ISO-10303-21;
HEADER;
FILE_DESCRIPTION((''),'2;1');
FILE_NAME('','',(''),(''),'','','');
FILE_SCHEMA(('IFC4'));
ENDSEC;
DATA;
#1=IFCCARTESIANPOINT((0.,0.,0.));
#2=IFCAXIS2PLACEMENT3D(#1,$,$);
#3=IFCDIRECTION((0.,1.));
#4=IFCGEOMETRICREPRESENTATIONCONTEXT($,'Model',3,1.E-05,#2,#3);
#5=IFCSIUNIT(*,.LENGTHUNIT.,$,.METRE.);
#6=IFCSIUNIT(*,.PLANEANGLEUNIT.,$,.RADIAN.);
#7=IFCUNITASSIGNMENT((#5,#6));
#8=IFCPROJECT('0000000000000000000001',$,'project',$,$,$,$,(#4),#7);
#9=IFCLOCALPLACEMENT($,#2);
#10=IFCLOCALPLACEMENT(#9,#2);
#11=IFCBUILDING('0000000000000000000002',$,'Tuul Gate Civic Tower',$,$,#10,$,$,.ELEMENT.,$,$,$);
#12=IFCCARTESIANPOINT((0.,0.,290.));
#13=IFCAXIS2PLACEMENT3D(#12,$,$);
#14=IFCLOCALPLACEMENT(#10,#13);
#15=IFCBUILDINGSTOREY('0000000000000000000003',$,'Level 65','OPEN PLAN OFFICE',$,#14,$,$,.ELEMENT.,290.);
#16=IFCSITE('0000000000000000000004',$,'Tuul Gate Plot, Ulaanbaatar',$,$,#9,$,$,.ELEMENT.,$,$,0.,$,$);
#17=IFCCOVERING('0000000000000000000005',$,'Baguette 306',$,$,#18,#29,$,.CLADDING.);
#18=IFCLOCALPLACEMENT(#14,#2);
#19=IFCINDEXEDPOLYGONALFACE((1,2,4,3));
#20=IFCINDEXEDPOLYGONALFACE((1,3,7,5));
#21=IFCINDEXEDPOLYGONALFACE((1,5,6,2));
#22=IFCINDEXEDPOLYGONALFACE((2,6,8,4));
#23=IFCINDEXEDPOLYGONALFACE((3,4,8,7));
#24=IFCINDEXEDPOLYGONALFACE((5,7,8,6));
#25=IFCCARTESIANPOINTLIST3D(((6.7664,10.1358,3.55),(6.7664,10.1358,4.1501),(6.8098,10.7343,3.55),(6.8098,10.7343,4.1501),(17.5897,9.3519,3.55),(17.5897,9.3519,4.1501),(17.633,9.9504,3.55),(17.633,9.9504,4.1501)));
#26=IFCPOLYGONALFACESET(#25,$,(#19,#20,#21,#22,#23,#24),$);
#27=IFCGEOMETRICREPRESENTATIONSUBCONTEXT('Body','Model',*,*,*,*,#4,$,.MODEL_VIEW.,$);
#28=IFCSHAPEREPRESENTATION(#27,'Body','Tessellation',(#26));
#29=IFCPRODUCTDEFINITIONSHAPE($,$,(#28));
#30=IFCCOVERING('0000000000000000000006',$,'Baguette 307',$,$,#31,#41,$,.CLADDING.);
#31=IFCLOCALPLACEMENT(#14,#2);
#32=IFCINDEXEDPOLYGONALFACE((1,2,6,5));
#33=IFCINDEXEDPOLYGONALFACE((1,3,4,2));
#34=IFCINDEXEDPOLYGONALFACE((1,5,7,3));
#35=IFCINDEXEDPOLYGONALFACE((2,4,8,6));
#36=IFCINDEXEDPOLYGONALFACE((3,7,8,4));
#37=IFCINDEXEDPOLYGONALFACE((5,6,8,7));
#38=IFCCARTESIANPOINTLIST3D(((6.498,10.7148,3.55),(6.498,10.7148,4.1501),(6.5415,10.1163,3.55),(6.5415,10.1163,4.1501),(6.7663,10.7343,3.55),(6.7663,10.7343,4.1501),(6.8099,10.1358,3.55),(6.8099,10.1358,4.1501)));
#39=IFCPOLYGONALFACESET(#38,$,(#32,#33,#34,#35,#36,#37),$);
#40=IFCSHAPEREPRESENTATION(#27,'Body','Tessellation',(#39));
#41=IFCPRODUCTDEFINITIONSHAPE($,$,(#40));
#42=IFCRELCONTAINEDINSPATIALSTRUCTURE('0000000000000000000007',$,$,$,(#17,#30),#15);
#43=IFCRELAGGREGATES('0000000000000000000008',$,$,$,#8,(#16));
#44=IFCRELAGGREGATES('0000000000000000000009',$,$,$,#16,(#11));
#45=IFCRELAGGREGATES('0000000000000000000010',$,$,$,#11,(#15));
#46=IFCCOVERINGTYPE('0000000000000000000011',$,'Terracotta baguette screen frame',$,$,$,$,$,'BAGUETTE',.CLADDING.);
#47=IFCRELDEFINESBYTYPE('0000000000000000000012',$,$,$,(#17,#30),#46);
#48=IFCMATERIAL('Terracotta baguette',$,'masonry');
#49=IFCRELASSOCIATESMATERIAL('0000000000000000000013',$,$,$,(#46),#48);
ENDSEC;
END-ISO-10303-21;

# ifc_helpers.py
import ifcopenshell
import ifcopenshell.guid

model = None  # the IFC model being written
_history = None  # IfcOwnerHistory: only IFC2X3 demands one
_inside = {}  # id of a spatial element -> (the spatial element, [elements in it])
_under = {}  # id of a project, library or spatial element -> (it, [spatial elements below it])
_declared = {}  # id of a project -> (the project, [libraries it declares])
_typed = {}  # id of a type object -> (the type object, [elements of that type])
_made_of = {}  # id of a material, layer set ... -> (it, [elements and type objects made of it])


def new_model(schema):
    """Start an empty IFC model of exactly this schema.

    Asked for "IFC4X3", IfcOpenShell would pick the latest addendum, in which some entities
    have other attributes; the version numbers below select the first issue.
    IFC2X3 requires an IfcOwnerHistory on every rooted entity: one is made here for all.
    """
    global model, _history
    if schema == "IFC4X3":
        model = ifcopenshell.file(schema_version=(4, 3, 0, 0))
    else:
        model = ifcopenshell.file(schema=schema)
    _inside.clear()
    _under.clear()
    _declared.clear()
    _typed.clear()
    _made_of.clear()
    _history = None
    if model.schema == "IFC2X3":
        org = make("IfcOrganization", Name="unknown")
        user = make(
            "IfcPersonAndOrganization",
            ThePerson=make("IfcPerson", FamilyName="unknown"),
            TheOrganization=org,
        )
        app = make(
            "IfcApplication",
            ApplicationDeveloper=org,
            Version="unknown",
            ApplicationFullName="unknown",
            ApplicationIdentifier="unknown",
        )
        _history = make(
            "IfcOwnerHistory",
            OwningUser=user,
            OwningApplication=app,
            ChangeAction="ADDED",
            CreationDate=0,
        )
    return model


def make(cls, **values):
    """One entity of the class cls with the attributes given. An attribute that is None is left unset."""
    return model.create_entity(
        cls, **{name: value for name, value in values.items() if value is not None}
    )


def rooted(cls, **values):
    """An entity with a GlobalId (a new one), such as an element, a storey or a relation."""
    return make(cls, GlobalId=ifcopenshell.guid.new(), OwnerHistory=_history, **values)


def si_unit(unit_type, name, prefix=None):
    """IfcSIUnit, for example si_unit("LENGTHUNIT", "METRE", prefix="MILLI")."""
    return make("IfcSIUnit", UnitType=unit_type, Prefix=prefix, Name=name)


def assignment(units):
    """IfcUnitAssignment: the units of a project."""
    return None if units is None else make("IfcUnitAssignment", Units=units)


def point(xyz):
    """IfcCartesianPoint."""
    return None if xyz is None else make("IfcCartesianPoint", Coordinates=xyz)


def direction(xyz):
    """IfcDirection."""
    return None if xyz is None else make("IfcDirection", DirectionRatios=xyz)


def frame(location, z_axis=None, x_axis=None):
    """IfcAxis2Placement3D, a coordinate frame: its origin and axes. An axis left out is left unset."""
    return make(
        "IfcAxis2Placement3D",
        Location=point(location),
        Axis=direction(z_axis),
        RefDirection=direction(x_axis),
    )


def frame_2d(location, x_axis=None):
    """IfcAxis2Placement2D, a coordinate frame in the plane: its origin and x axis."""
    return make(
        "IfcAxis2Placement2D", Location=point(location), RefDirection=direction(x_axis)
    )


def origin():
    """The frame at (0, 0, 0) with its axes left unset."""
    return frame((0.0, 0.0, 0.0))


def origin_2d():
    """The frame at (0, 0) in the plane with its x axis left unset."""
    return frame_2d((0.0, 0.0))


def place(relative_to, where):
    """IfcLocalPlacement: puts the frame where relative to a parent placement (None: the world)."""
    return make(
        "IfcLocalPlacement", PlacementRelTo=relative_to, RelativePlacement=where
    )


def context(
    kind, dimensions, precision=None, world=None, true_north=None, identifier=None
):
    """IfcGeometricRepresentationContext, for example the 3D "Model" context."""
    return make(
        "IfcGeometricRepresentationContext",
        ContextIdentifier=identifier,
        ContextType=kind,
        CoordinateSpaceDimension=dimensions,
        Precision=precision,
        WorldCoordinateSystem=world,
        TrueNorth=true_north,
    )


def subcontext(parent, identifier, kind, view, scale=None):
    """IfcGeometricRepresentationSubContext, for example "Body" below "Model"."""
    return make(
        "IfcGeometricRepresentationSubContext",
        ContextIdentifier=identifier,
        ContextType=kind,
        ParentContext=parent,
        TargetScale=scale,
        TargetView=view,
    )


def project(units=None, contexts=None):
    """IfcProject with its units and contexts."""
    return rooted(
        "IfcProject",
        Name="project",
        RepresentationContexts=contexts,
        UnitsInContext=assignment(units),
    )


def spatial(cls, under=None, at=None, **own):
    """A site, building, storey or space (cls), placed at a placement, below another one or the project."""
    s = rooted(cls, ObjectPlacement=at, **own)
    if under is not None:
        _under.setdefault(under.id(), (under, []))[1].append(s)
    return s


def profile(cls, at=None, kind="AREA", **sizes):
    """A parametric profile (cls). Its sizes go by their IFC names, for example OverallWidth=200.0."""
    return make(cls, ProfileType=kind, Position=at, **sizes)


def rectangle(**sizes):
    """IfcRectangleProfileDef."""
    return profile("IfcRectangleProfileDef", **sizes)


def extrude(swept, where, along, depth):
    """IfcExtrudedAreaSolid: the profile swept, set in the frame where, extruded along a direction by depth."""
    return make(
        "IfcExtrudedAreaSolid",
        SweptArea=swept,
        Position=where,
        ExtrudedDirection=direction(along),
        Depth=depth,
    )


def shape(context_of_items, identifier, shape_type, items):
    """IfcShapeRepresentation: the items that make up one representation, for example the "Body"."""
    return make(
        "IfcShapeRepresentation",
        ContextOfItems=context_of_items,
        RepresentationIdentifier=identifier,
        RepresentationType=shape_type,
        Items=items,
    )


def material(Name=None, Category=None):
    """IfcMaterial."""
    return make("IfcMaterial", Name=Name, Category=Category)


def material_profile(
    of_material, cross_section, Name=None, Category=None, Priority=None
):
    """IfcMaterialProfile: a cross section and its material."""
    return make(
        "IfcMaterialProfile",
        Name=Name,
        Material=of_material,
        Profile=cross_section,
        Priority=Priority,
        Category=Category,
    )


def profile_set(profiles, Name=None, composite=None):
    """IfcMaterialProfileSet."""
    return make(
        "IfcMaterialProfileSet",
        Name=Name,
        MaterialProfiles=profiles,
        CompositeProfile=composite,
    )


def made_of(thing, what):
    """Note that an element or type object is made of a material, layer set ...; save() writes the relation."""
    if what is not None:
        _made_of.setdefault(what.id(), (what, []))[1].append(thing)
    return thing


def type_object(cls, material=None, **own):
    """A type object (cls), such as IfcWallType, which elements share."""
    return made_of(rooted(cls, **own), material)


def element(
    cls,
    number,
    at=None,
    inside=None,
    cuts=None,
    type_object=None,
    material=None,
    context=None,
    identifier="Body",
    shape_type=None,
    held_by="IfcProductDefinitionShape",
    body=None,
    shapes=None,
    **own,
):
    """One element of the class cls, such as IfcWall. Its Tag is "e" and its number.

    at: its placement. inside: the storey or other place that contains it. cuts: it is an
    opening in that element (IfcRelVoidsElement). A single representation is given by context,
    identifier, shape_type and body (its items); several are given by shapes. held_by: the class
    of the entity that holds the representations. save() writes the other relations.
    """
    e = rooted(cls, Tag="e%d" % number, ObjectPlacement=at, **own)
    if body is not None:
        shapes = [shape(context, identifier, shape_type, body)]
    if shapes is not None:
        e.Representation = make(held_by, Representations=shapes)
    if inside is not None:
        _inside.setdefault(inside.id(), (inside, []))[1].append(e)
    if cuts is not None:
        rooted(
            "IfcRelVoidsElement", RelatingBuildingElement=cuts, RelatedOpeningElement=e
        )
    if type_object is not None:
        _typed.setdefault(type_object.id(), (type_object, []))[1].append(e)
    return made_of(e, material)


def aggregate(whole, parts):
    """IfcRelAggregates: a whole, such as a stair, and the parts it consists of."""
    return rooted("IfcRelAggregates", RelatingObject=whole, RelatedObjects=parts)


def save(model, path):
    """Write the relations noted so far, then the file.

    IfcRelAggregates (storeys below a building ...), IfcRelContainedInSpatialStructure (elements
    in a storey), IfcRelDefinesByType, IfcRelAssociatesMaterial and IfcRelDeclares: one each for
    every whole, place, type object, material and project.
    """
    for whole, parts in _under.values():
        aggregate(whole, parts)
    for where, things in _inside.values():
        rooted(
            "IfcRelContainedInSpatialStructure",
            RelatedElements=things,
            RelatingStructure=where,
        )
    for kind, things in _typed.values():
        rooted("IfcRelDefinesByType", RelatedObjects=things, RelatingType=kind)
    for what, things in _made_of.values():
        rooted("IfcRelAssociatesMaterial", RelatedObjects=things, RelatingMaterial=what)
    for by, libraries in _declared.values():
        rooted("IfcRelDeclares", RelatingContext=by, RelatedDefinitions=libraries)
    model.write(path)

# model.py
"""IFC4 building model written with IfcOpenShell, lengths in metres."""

from ifc_helpers import new_model, si_unit, direction, frame, origin, origin_2d, place, context, subcontext, project, spatial, rectangle, extrude, material, material_profile, profile_set, type_object, element, save


model = new_model("IFC4")

# Units and contexts
model_context = context("Model", 3, precision=1e-05, world=origin(), true_north=direction((0.0, 1.0)))
body_context = subcontext(model_context, "Body", "Model", "MODEL_VIEW")
ifc_project = project(units=[si_unit("LENGTHUNIT", "METRE"), si_unit("PLANEANGLEUNIT", "RADIAN")], contexts=[model_context])

# Site, building, storey
site_placement = place(None, origin())
site = spatial("IfcSite", under=ifc_project, at=site_placement, Name="Tuul Gate Plot, Ulaanbaatar", CompositionType="ELEMENT", RefElevation=0.0)
building_placement = place(site_placement, origin())
building = spatial("IfcBuilding", under=site, at=building_placement, Name="Tuul Gate Civic Tower", CompositionType="ELEMENT")
storey_placement = place(building_placement, frame((0.0, 0.0, 290.0)))
storey = spatial("IfcBuildingStorey", under=building, at=storey_placement, Name="Level 65", Description="OPEN PLAN OFFICE", CompositionType="ELEMENT", Elevation=290.0)

# Coverings
ifc_material_1 = material(Name="Terracotta baguette", Category="masonry")
ifc_material_profile_1 = material_profile(ifc_material_1, rectangle(XDim=0.6001, YDim=0.6001, at=origin_2d()), Name="Terracotta baguette screen frame")
ifc_profile_set_1 = profile_set([ifc_material_profile_1], Name="Terracotta baguette")
covering_type = type_object("IfcCoveringType", Name="Terracotta baguette screen frame", ElementType="BAGUETTE", PredefinedType="CLADDING", material=ifc_profile_set_1)
covering_1_placement = place(storey_placement, frame((17.6113, 9.6511, 3.8501), z_axis=(-0.997387, 0.072242, 0.0), x_axis=(-0.072242, -0.997387, 0.0)))
element("IfcCovering", 1, at=covering_1_placement, inside=storey, type_object=covering_type, Name="Baguette 306", PredefinedType="CLADDING", context=body_context, shape_type="SweptSolid", body=[
    extrude(rectangle(XDim=0.6001, YDim=0.6001, at=origin_2d()), origin(), (0.0, 0.0, 1.0), 10.8516),
])
covering_2_placement = place(storey_placement, frame((6.7881, 10.4351, 3.8501), z_axis=(-0.997361, -0.072601, 0.0), x_axis=(0.072601, -0.997361, 0.0)))
element("IfcCovering", 2, at=covering_2_placement, inside=storey, type_object=covering_type, Name="Baguette 307", PredefinedType="CLADDING", context=body_context, shape_type="SweptSolid", body=[
    extrude(rectangle(XDim=0.6001, YDim=0.6001, at=origin_2d()), origin(), (0.0, 0.0, 1.0), 0.269),
])

save(model, "model.ifc")
